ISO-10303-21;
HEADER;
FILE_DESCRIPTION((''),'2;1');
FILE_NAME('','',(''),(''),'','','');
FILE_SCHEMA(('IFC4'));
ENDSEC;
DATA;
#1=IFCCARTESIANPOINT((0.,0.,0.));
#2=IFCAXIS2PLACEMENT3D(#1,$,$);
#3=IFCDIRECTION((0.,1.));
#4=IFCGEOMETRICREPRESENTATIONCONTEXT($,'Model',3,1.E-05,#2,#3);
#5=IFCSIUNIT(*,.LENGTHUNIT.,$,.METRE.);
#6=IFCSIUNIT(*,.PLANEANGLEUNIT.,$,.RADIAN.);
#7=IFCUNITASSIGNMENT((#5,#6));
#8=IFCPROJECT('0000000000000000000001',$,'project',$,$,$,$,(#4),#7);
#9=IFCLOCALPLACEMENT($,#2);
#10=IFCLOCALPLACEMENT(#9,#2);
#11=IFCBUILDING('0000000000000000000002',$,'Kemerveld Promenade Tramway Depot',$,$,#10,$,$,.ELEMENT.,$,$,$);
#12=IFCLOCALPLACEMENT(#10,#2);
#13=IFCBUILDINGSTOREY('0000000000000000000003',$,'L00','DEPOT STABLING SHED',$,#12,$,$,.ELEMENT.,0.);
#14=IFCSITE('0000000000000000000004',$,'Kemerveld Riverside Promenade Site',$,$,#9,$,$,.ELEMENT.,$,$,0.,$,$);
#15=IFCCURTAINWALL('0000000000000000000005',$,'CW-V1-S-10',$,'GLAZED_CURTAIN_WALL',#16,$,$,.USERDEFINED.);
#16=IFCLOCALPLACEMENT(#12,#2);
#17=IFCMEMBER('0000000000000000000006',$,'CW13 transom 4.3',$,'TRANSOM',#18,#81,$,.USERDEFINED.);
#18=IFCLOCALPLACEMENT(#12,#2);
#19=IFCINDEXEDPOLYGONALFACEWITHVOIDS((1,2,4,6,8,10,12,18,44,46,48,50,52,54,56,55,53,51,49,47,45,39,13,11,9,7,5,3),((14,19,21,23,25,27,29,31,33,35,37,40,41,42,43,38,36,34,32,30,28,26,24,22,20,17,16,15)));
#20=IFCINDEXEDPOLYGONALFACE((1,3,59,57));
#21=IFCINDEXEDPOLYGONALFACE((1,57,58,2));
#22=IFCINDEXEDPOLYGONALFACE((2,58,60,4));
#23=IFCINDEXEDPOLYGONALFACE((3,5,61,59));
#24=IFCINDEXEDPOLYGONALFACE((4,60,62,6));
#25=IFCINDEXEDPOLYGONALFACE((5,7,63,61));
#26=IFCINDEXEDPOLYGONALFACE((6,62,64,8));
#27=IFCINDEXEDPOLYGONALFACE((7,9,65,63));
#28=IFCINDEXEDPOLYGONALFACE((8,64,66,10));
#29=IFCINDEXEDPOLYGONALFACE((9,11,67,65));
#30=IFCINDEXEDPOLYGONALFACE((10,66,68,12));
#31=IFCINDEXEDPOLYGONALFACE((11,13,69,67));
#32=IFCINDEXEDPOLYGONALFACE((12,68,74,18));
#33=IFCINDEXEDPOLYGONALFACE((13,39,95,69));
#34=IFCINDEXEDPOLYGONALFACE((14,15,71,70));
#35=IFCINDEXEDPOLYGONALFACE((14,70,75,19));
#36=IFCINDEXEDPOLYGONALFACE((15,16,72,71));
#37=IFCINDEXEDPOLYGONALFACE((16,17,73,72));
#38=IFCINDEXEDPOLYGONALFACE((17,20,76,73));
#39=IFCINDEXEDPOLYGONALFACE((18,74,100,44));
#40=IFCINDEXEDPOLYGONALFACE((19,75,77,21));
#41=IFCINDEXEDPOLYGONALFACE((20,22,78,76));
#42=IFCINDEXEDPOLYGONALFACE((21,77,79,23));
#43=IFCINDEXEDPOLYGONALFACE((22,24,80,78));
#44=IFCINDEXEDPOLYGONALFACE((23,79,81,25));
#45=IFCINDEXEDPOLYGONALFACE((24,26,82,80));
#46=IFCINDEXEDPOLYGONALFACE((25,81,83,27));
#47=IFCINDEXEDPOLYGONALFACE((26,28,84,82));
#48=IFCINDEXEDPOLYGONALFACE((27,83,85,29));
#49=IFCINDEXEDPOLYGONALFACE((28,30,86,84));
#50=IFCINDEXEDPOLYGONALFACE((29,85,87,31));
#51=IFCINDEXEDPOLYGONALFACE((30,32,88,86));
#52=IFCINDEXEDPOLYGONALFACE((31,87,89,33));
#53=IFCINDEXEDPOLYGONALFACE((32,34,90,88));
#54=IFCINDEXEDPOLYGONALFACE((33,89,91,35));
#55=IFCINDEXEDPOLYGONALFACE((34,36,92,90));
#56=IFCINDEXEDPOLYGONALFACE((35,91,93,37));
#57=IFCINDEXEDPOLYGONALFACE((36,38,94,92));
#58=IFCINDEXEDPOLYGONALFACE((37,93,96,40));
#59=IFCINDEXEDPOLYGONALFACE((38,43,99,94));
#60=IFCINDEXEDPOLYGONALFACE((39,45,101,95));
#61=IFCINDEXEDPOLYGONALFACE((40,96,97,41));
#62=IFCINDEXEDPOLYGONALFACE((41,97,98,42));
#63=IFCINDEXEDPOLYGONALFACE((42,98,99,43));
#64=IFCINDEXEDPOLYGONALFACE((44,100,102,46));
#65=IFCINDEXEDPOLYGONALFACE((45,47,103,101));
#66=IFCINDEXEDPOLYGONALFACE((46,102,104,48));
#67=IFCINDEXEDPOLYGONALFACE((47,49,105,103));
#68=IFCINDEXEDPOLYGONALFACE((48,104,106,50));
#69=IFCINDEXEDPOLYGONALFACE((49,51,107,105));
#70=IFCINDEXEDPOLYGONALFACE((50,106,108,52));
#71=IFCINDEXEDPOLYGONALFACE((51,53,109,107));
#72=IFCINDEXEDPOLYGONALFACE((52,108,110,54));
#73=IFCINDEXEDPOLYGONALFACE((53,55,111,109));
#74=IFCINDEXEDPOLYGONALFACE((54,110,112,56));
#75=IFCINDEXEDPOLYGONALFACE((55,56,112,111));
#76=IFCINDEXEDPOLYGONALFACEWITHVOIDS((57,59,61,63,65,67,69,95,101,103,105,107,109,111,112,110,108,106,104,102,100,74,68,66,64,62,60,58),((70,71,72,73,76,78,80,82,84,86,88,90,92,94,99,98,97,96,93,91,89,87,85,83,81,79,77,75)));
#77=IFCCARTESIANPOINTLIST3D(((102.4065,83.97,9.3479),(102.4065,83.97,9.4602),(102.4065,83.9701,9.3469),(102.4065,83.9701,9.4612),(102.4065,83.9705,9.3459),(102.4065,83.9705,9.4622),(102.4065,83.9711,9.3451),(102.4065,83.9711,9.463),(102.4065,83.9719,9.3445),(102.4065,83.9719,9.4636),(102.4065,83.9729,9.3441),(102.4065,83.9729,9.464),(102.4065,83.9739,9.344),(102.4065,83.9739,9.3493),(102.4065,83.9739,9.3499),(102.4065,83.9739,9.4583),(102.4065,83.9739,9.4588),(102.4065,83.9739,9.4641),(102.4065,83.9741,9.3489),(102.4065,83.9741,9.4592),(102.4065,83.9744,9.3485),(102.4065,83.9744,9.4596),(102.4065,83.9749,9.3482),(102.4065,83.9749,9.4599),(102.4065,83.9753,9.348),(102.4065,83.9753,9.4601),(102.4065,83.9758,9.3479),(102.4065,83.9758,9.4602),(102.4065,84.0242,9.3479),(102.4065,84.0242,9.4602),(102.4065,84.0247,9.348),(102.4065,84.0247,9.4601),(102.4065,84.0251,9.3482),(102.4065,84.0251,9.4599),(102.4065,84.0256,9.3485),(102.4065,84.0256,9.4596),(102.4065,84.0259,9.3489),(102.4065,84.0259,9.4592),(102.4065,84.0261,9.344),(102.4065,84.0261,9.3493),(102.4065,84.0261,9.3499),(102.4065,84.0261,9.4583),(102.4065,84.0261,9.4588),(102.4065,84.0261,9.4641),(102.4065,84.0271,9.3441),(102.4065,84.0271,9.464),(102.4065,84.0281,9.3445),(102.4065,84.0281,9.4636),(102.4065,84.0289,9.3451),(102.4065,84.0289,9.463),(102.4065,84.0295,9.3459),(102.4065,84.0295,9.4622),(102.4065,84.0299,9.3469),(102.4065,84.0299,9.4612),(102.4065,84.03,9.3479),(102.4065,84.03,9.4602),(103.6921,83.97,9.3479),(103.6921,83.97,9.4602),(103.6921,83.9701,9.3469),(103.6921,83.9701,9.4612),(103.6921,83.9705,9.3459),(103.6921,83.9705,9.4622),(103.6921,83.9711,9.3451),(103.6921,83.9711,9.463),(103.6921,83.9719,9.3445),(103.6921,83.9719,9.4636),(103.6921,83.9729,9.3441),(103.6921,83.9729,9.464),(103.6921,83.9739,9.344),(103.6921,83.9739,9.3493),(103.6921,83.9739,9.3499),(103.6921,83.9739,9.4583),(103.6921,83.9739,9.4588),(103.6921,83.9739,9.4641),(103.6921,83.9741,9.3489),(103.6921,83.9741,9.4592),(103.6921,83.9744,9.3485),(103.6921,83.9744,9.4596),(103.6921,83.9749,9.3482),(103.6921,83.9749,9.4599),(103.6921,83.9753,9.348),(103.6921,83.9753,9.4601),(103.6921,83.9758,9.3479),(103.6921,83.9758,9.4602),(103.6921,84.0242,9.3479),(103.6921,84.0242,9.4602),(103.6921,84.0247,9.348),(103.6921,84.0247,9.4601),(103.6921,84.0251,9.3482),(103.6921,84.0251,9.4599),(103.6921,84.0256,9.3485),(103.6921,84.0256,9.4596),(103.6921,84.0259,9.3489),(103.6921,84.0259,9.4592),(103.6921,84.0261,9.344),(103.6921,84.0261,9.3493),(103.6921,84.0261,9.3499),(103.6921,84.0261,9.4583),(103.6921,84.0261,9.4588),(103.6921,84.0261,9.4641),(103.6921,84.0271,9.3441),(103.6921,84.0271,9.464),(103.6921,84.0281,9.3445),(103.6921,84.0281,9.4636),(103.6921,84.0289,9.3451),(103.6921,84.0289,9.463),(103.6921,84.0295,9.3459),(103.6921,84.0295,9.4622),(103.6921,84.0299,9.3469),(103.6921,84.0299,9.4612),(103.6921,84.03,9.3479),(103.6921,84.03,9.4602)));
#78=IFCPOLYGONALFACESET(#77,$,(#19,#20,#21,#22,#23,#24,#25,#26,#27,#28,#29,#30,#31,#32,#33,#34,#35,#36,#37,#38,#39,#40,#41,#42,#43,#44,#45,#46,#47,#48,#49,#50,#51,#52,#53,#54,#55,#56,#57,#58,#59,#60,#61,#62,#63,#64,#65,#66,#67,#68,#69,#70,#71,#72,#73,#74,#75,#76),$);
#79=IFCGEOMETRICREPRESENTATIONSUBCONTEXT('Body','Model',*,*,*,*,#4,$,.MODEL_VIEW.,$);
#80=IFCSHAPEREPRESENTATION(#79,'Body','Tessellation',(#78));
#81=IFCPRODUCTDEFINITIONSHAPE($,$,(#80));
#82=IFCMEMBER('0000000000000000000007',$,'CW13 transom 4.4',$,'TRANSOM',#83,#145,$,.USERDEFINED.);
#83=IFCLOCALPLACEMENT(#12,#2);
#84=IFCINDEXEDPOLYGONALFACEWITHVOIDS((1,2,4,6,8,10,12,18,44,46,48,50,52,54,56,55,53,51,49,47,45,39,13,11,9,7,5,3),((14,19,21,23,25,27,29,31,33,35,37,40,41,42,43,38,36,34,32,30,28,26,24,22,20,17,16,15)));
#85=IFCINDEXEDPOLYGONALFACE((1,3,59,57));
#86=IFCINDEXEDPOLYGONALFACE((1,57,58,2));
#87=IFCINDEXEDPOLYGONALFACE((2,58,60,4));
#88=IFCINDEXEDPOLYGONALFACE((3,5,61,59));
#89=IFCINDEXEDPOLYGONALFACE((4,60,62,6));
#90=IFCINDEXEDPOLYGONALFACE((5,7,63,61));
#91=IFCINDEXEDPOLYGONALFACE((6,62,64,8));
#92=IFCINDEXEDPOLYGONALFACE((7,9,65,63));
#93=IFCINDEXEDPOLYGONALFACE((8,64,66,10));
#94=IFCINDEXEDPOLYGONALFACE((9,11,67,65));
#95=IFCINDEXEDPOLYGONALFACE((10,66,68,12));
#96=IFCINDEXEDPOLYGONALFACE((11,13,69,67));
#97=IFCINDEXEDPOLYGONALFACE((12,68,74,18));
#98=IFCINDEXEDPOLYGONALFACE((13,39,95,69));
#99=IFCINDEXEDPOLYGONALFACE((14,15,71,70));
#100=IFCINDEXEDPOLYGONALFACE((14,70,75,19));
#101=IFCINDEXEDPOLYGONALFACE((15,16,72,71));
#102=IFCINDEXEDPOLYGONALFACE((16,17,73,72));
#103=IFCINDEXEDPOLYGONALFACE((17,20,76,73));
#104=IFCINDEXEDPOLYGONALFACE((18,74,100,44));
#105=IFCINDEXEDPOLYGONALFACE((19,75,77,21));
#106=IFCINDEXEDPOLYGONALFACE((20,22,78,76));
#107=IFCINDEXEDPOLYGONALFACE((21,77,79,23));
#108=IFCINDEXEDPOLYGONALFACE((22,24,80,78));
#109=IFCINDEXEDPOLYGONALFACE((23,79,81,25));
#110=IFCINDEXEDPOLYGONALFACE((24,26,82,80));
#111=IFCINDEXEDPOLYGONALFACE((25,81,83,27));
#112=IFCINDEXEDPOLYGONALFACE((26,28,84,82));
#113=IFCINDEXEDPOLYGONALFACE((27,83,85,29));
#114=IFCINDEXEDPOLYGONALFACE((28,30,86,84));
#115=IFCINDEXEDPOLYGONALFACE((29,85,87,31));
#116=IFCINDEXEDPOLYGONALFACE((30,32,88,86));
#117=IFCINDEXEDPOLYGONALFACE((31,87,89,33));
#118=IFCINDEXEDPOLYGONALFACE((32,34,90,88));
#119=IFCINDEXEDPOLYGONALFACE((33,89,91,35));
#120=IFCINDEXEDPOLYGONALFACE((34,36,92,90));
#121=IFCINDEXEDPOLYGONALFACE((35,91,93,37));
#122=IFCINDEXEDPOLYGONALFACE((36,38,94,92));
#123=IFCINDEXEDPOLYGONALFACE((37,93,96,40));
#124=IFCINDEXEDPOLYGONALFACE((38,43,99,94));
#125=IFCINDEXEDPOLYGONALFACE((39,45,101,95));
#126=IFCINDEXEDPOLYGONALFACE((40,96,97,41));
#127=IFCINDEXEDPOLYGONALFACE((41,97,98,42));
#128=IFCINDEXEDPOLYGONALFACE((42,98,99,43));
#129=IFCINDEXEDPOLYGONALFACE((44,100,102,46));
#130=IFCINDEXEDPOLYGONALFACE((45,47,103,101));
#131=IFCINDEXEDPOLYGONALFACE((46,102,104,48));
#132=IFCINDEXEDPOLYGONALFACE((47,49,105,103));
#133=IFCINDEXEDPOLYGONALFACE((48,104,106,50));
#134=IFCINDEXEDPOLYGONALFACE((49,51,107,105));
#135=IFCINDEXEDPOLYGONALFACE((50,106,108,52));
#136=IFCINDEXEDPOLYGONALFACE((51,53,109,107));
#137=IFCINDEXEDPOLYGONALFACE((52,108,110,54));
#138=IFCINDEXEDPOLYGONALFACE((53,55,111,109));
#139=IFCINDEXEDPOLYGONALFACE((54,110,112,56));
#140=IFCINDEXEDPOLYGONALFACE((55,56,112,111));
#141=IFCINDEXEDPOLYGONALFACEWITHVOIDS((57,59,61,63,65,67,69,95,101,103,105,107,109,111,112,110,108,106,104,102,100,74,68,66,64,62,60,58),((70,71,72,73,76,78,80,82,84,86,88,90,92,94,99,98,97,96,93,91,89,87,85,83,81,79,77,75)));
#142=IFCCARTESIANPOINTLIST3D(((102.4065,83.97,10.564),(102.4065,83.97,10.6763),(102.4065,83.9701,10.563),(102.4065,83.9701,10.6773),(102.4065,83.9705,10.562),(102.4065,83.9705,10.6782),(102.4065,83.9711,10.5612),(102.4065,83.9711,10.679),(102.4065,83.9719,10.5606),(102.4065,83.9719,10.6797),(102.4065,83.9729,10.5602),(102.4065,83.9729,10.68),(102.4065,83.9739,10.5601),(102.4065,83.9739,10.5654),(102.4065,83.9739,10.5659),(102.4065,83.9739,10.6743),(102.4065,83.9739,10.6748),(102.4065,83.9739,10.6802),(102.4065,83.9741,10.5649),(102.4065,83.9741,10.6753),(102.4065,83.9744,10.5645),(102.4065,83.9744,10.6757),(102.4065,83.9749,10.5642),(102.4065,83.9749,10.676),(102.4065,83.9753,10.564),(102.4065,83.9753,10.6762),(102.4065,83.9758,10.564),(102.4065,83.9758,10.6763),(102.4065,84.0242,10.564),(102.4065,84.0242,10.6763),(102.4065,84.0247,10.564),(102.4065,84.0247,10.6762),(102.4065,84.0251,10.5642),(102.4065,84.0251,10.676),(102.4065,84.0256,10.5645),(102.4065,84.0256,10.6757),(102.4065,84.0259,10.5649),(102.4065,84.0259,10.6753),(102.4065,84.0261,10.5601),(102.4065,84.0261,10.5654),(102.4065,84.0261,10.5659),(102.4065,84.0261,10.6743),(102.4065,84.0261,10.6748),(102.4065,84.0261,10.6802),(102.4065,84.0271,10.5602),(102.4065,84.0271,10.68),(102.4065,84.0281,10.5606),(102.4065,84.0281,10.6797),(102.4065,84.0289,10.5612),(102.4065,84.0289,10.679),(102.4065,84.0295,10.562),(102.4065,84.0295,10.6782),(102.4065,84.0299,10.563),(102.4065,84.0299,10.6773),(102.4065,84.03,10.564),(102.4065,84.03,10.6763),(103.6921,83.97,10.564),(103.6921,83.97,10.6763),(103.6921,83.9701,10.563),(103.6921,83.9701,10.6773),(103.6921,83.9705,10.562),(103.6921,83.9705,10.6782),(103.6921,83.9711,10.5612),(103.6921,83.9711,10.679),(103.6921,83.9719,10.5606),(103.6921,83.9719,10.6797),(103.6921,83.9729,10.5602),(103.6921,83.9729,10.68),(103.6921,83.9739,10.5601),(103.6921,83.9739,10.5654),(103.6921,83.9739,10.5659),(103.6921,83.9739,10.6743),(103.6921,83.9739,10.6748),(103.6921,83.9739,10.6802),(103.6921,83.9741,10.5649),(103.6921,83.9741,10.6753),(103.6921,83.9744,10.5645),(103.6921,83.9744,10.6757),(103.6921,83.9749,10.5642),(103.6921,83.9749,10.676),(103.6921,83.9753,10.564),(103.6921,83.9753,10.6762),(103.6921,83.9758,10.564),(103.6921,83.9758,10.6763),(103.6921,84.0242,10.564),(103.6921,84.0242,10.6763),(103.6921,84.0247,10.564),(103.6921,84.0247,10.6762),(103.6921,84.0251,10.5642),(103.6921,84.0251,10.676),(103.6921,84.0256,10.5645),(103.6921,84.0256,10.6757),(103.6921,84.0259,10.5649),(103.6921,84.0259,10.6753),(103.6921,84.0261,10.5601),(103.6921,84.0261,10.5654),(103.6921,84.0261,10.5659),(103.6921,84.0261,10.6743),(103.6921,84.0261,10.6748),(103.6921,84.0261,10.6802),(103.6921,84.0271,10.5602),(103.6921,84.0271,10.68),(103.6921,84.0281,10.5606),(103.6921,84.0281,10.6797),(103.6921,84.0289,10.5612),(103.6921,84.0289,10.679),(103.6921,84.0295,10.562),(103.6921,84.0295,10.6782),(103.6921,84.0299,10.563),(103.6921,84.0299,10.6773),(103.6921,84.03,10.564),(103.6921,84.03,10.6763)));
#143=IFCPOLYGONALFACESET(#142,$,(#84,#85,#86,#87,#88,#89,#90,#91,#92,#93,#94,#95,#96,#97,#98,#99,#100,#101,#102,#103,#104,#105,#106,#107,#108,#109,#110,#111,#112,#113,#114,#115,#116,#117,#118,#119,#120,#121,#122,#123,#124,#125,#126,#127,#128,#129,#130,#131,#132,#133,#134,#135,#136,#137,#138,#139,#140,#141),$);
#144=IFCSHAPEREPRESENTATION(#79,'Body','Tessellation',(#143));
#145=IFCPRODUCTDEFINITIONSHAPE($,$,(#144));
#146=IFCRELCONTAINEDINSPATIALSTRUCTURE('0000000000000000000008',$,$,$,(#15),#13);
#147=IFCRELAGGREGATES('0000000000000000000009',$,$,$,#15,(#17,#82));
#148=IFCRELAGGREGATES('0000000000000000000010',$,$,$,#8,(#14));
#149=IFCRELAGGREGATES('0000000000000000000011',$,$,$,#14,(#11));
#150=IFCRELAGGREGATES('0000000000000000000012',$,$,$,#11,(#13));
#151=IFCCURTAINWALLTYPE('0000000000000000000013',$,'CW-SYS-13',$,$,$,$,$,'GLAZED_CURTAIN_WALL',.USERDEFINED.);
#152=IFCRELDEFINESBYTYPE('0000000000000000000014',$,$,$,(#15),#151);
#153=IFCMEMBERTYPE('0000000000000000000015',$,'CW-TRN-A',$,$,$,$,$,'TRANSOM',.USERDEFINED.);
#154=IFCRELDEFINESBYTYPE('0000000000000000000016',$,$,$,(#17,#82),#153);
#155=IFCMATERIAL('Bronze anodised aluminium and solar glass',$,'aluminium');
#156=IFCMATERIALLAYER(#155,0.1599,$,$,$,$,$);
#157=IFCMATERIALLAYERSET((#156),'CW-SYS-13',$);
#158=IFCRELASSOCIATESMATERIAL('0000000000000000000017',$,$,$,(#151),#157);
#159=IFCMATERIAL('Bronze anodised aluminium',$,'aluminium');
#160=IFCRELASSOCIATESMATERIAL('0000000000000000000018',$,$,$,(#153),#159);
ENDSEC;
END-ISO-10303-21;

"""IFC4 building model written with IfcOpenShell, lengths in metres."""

from ifc_helpers import new_model, si_unit, direction, frame, origin, origin_2d, place, context, subcontext, project, spatial, hollow_rectangle, extrude, material, layer, layer_set, material_profile, profile_set, type_object, element, aggregate, save


model = new_model("IFC4")

# Units and contexts
model_context = context("Model", 3, precision=1e-05, world=origin(), true_north=direction((0.0, 1.0)))
body_context = subcontext(model_context, "Body", "Model", "MODEL_VIEW")
ifc_project = project(units=[si_unit("LENGTHUNIT", "METRE"), si_unit("PLANEANGLEUNIT", "RADIAN")], contexts=[model_context])

# Site, building, storey
site_placement = place(None, origin())
site = spatial("IfcSite", under=ifc_project, at=site_placement, Name="Kemerveld Riverside Promenade Site", CompositionType="ELEMENT", RefElevation=0.0)
building_placement = place(site_placement, origin())
building = spatial("IfcBuilding", under=site, at=building_placement, Name="Kemerveld Promenade Tramway Depot", CompositionType="ELEMENT")
storey_placement = place(building_placement, origin())
storey = spatial("IfcBuildingStorey", under=building, at=storey_placement, Name="L00", Description="DEPOT STABLING SHED", CompositionType="ELEMENT", Elevation=0.0)

# Curtain wall, members
ifc_material_1 = material(Name="Bronze anodised aluminium and solar glass", Category="aluminium")
ifc_layer_1 = layer(ifc_material_1, 0.1599)
ifc_layer_set_1 = layer_set([ifc_layer_1], Name="CW-SYS-13")
curtain_wall_type_1 = type_object("IfcCurtainWallType", Name="CW-SYS-13", ElementType="GLAZED_CURTAIN_WALL", PredefinedType="USERDEFINED", material=ifc_layer_set_1)
curtain_wall_1_placement = place(storey_placement, origin())
curtain_wall_1 = element("IfcCurtainWall", 1, at=curtain_wall_1_placement, inside=storey, type_object=curtain_wall_type_1, Name="CW-V1-S-10", ObjectType="GLAZED_CURTAIN_WALL", PredefinedType="USERDEFINED")
ifc_material_2 = material(Name="Bronze anodised aluminium", Category="aluminium")
ifc_material_profile_1 = material_profile(ifc_material_2, hollow_rectangle(XDim=0.0601, YDim=0.1201, WallThickness=0.0039, InnerFilletRadius=0.002, OuterFilletRadius=0.0039, at=origin_2d()), Name="CW-TRN-120x60")
ifc_profile_set_1 = profile_set([ifc_material_profile_1], Name="Bronze anodised aluminium")
member_type_1 = type_object("IfcMemberType", Name="CW-TRN-A", ElementType="TRANSOM", PredefinedType="USERDEFINED", material=ifc_profile_set_1)
member_1_placement = place(storey_placement, frame((103.6921, 84.0, 9.4041), z_axis=(-1.0, 0.0, 0.0), x_axis=(0.0, -1.0, 0.0)))
member_1 = element("IfcMember", 2, at=member_1_placement, type_object=member_type_1, Name="CW13 transom 4.3", ObjectType="TRANSOM", PredefinedType="USERDEFINED", context=body_context, shape_type="SweptSolid", body=[
    extrude(hollow_rectangle(XDim=0.0601, YDim=0.1201, WallThickness=0.0039, InnerFilletRadius=0.002, OuterFilletRadius=0.0039, at=origin_2d()), origin(), (0.0, 0.0, 1.0), 1.2856),
])
member_2_placement = place(storey_placement, frame((103.6921, 84.0, 10.6201), z_axis=(-1.0, 0.0, 0.0), x_axis=(0.0, -1.0, 0.0)))
member_2 = element("IfcMember", 3, at=member_2_placement, type_object=member_type_1, Name="CW13 transom 4.4", ObjectType="TRANSOM", PredefinedType="USERDEFINED", context=body_context, shape_type="SweptSolid", body=[
    extrude(hollow_rectangle(XDim=0.0601, YDim=0.1201, WallThickness=0.0039, InnerFilletRadius=0.002, OuterFilletRadius=0.0039, at=origin_2d()), origin(), (0.0, 0.0, 1.0), 1.2856),
])

aggregate(curtain_wall_1, [member_1, member_2])

save(model, "model.ifc")
